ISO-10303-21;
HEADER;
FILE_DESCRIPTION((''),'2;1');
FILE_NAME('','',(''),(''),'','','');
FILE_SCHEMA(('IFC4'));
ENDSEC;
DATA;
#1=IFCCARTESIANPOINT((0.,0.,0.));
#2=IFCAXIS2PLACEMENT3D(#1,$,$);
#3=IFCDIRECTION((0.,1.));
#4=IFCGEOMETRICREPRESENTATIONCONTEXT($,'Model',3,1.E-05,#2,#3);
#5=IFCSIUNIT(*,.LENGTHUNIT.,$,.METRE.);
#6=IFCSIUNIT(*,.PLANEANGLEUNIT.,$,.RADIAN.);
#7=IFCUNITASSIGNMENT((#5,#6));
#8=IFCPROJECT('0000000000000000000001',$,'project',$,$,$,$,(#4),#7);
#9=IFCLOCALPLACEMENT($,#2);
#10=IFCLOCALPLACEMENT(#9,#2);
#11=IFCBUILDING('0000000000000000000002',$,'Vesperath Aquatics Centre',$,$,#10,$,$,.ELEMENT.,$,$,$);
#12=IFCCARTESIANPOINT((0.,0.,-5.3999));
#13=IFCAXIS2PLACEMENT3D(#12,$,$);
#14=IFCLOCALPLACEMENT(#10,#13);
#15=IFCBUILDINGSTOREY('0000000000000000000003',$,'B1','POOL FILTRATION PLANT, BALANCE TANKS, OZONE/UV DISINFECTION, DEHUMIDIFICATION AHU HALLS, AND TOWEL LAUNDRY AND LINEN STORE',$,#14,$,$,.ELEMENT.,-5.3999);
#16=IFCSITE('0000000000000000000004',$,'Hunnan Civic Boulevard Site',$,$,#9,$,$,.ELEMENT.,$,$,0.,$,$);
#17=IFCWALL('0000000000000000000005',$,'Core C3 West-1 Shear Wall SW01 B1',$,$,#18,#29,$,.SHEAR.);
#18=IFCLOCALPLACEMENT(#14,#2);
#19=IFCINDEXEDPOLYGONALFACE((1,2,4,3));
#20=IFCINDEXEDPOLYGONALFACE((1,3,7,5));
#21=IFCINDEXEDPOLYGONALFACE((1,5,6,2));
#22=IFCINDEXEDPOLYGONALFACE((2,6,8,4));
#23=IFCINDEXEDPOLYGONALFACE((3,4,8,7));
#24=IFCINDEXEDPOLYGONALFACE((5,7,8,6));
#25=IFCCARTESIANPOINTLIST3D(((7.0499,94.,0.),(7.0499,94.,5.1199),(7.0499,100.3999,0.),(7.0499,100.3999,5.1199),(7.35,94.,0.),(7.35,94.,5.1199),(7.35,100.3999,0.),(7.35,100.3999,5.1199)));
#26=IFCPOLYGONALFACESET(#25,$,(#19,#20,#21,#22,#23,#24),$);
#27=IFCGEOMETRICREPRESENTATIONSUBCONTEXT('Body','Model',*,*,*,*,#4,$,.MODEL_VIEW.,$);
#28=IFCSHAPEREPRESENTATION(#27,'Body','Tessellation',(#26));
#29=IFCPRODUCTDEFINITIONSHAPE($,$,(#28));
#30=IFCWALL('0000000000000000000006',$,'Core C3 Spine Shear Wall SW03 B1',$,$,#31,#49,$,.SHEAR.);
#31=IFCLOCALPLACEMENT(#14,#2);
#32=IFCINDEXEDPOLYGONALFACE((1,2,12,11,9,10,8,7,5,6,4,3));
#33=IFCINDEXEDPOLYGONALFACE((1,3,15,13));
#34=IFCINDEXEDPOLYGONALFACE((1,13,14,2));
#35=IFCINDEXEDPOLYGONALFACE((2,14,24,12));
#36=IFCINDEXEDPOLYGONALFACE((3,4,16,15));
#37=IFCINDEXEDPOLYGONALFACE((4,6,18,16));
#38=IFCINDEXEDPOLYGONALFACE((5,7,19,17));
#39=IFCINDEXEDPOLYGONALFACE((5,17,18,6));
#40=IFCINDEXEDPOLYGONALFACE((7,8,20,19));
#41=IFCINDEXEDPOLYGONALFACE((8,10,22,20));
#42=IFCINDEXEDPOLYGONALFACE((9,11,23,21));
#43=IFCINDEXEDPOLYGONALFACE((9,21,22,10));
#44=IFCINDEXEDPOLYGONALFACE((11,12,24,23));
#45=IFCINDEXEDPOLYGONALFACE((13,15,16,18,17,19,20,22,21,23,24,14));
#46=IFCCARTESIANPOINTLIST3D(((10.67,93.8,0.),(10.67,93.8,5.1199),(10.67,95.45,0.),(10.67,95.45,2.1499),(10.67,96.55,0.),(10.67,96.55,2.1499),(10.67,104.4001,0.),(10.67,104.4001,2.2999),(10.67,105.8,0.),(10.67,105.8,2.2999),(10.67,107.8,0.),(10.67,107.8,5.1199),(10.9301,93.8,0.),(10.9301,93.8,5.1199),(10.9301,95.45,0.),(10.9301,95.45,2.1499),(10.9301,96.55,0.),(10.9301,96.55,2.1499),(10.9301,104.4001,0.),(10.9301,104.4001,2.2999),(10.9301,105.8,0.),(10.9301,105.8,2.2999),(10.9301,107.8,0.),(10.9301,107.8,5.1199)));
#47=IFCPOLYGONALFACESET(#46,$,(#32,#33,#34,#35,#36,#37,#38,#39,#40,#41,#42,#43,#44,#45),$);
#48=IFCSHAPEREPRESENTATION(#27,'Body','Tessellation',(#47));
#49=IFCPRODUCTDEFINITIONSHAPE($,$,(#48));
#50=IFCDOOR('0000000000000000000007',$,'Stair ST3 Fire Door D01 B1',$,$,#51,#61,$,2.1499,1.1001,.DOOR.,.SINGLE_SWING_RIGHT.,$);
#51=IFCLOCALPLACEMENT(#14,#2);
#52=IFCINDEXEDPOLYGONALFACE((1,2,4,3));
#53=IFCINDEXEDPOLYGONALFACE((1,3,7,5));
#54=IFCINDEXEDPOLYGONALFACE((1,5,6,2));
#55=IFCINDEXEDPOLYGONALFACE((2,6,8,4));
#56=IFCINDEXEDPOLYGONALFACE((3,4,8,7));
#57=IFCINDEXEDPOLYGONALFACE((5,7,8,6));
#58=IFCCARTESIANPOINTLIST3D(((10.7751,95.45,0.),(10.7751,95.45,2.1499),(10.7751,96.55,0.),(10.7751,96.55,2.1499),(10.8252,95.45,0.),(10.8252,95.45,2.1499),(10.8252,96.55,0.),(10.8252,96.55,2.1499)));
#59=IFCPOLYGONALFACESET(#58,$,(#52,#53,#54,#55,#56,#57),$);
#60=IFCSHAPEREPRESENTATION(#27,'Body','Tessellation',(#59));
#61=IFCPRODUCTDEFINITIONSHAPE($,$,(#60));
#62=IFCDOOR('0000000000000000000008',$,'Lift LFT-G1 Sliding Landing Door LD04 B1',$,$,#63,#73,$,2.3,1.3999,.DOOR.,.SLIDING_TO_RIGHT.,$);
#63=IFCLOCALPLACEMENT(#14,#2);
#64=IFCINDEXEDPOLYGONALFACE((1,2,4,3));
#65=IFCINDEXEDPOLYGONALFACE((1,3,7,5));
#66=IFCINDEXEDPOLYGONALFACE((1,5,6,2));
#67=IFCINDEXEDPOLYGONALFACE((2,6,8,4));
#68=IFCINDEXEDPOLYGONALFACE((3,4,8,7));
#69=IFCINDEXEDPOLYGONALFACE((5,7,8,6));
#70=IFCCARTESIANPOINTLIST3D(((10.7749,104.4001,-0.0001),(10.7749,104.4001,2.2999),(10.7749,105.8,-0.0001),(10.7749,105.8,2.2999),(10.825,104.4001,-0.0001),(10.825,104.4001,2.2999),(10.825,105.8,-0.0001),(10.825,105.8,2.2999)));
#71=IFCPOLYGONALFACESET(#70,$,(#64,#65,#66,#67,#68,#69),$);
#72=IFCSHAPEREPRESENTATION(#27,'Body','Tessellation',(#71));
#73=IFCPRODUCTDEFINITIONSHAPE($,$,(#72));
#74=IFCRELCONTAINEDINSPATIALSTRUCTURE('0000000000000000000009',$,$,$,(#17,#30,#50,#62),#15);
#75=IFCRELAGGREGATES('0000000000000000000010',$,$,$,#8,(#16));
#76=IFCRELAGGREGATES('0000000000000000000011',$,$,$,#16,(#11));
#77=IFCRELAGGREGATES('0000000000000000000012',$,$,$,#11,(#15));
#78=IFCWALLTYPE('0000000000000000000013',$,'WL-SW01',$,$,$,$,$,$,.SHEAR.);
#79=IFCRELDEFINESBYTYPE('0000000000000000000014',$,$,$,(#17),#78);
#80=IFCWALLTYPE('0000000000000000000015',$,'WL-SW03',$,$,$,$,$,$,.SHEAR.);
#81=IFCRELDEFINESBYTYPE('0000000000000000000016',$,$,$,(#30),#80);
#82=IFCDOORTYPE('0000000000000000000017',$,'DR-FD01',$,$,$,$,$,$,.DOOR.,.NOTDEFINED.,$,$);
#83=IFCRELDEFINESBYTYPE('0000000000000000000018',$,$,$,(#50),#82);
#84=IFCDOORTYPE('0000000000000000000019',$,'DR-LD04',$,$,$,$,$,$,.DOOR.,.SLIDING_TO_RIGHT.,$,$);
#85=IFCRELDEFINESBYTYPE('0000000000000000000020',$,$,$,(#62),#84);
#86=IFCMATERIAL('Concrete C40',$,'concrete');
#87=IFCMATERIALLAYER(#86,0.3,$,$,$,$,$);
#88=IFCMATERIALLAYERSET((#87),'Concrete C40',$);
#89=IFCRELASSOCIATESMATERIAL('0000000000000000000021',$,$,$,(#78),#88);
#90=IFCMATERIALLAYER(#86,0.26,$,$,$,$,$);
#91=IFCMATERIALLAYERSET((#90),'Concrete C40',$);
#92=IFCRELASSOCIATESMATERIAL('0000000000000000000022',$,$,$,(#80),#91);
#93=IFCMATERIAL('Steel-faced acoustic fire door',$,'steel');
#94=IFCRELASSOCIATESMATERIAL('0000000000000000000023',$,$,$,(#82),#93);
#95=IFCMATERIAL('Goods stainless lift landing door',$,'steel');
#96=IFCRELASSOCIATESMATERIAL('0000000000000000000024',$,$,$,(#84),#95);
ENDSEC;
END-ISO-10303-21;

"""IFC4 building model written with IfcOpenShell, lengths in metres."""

from ifc_helpers import new_model, si_unit, direction, frame, frame_2d, origin, place, context, subcontext, project, spatial, rectangle, extrude, material, layer, layer_set, type_object, element, fill, save


model = new_model("IFC4")

# Units and contexts
model_context = context("Model", 3, precision=1e-05, world=origin(), true_north=direction((0.0, 1.0)))
body_context = subcontext(model_context, "Body", "Model", "MODEL_VIEW")
ifc_project = project(units=[si_unit("LENGTHUNIT", "METRE"), si_unit("PLANEANGLEUNIT", "RADIAN")], contexts=[model_context])

# Site, building, storey
site_placement = place(None, origin())
site = spatial("IfcSite", under=ifc_project, at=site_placement, Name="Hunnan Civic Boulevard Site", CompositionType="ELEMENT", RefElevation=0.0)
building_placement = place(site_placement, origin())
building = spatial("IfcBuilding", under=site, at=building_placement, Name="Vesperath Aquatics Centre", CompositionType="ELEMENT")
storey_placement = place(building_placement, frame((0.0, 0.0, -5.3999)))
storey = spatial("IfcBuildingStorey", under=building, at=storey_placement, Name="B1", Description="POOL FILTRATION PLANT, BALANCE TANKS, OZONE/UV DISINFECTION, DEHUMIDIFICATION AHU HALLS, AND TOWEL LAUNDRY AND LINEN STORE", CompositionType="ELEMENT", Elevation=-5.3999)

# Shared definitions
ifc_material_1 = material(Name="Concrete C40", Category="concrete")

# Wall
ifc_layer_1 = layer(ifc_material_1, 0.3)
ifc_layer_set_1 = layer_set([ifc_layer_1], Name="Concrete C40")
wall_type_1 = type_object("IfcWallType", Name="WL-SW01", PredefinedType="SHEAR", material=ifc_layer_set_1)
for number, where, z_axis, x_axis, name in (
    (1, (7.2, 94.0, 0.0), (0.0, 0.0, 1.0), (0.0, 1.0, 0.0), "Core C3 West-1 Shear Wall SW01 B1"),
):
    element("IfcWall", number, at=place(storey_placement, frame(where, z_axis=z_axis, x_axis=x_axis)), inside=storey, type_object=wall_type_1, Name=name, PredefinedType="SHEAR", context=body_context, shape_type="SweptSolid", body=[
        extrude(rectangle(XDim=6.3999, YDim=0.3, at=frame_2d((3.2, 0.0))), origin(), (0.0, 0.0, 1.0), 5.1199),
    ])

# Wall, openings, doors
ifc_layer_2 = layer(ifc_material_1, 0.26)
ifc_layer_set_2 = layer_set([ifc_layer_2], Name="Concrete C40")
wall_type_2 = type_object("IfcWallType", Name="WL-SW03", PredefinedType="SHEAR", material=ifc_layer_set_2)
wall_placement = place(storey_placement, frame((10.8, 93.8, 0.0), z_axis=(0.0, 0.0, 1.0), x_axis=(0.0, 1.0, 0.0)))
wall = element("IfcWall", 2, at=wall_placement, inside=storey, type_object=wall_type_2, Name="Core C3 Spine Shear Wall SW03 B1", PredefinedType="SHEAR", context=body_context, shape_type="SweptSolid", body=[
    extrude(rectangle(XDim=14.0, YDim=0.26, at=frame_2d((7.0, 0.0))), origin(), (0.0, 0.0, 1.0), 5.1199),
])
opening_1_placement = place(wall_placement, frame((1.6499, 0.0, 0.0)))
opening_1 = element("IfcOpeningElement", 3, at=opening_1_placement, cuts=wall, PredefinedType="OPENING", context=body_context, shape_type="SweptSolid", body=[
    extrude(rectangle(XDim=1.1001, YDim=2.1499, at=frame_2d((0.55, 1.075))), frame((0.0, 0.145, 0.0), z_axis=(0.0, -1.0, 0.0), x_axis=(1.0, 0.0, 0.0)), (0.0, 0.0, 1.0), 0.2898),
])
opening_2_placement = place(wall_placement, frame((10.6001, 0.0, 0.0)))
opening_2 = element("IfcOpeningElement", 4, at=opening_2_placement, cuts=wall, PredefinedType="OPENING", context=body_context, shape_type="SweptSolid", body=[
    extrude(rectangle(XDim=1.3999, YDim=2.3, at=frame_2d((0.7, 1.1499))), frame((0.0, 0.145, 0.0), z_axis=(0.0, -1.0, 0.0), x_axis=(1.0, 0.0, 0.0)), (0.0, 0.0, 1.0), 0.2898),
])
ifc_material_2 = material(Name="Steel-faced acoustic fire door", Category="steel")
door_type_1 = type_object("IfcDoorType", Name="DR-FD01", OperationType="NOTDEFINED", PredefinedType="DOOR", material=ifc_material_2)
door_1_placement = place(opening_1_placement, origin())
door_1 = element("IfcDoor", 5, at=door_1_placement, inside=storey, type_object=door_type_1, Name="Stair ST3 Fire Door D01 B1", OperationType="SINGLE_SWING_RIGHT", OverallHeight=2.1499, OverallWidth=1.1001, PredefinedType="DOOR", context=body_context, shape_type="SweptSolid", body=[
    extrude(rectangle(XDim=1.1001, YDim=2.1499, at=frame_2d((0.55, 1.075))), frame((0.0, 0.0249, 0.0), z_axis=(0.0, -1.0, 0.0), x_axis=(1.0, 0.0, 0.0)), (0.0, 0.0, 1.0), 0.05),
])
fill(opening_1, door_1)
ifc_material_3 = material(Name="Goods stainless lift landing door", Category="steel")
door_type_2 = type_object("IfcDoorType", Name="DR-LD04", OperationType="SLIDING_TO_RIGHT", PredefinedType="DOOR", material=ifc_material_3)
door_2_placement = place(opening_2_placement, frame((1.3999, 0.0, 0.0), z_axis=(0.0, 0.0, 1.0), x_axis=(-1.0, 0.0, 0.0)))
door_2 = element("IfcDoor", 6, at=door_2_placement, inside=storey, type_object=door_type_2, Name="Lift LFT-G1 Sliding Landing Door LD04 B1", OperationType="SLIDING_TO_RIGHT", OverallHeight=2.3, OverallWidth=1.3999, PredefinedType="DOOR", context=body_context, shape_type="SweptSolid", body=[
    extrude(rectangle(XDim=1.3999, YDim=2.3, at=frame_2d((0.7, 1.1499))), frame((0.0, 0.0249, 0.0), z_axis=(0.0, -1.0, 0.0), x_axis=(1.0, 0.0, 0.0)), (0.0, 0.0, 1.0), 0.05),
])
fill(opening_2, door_2)

save(model, "model.ifc")
